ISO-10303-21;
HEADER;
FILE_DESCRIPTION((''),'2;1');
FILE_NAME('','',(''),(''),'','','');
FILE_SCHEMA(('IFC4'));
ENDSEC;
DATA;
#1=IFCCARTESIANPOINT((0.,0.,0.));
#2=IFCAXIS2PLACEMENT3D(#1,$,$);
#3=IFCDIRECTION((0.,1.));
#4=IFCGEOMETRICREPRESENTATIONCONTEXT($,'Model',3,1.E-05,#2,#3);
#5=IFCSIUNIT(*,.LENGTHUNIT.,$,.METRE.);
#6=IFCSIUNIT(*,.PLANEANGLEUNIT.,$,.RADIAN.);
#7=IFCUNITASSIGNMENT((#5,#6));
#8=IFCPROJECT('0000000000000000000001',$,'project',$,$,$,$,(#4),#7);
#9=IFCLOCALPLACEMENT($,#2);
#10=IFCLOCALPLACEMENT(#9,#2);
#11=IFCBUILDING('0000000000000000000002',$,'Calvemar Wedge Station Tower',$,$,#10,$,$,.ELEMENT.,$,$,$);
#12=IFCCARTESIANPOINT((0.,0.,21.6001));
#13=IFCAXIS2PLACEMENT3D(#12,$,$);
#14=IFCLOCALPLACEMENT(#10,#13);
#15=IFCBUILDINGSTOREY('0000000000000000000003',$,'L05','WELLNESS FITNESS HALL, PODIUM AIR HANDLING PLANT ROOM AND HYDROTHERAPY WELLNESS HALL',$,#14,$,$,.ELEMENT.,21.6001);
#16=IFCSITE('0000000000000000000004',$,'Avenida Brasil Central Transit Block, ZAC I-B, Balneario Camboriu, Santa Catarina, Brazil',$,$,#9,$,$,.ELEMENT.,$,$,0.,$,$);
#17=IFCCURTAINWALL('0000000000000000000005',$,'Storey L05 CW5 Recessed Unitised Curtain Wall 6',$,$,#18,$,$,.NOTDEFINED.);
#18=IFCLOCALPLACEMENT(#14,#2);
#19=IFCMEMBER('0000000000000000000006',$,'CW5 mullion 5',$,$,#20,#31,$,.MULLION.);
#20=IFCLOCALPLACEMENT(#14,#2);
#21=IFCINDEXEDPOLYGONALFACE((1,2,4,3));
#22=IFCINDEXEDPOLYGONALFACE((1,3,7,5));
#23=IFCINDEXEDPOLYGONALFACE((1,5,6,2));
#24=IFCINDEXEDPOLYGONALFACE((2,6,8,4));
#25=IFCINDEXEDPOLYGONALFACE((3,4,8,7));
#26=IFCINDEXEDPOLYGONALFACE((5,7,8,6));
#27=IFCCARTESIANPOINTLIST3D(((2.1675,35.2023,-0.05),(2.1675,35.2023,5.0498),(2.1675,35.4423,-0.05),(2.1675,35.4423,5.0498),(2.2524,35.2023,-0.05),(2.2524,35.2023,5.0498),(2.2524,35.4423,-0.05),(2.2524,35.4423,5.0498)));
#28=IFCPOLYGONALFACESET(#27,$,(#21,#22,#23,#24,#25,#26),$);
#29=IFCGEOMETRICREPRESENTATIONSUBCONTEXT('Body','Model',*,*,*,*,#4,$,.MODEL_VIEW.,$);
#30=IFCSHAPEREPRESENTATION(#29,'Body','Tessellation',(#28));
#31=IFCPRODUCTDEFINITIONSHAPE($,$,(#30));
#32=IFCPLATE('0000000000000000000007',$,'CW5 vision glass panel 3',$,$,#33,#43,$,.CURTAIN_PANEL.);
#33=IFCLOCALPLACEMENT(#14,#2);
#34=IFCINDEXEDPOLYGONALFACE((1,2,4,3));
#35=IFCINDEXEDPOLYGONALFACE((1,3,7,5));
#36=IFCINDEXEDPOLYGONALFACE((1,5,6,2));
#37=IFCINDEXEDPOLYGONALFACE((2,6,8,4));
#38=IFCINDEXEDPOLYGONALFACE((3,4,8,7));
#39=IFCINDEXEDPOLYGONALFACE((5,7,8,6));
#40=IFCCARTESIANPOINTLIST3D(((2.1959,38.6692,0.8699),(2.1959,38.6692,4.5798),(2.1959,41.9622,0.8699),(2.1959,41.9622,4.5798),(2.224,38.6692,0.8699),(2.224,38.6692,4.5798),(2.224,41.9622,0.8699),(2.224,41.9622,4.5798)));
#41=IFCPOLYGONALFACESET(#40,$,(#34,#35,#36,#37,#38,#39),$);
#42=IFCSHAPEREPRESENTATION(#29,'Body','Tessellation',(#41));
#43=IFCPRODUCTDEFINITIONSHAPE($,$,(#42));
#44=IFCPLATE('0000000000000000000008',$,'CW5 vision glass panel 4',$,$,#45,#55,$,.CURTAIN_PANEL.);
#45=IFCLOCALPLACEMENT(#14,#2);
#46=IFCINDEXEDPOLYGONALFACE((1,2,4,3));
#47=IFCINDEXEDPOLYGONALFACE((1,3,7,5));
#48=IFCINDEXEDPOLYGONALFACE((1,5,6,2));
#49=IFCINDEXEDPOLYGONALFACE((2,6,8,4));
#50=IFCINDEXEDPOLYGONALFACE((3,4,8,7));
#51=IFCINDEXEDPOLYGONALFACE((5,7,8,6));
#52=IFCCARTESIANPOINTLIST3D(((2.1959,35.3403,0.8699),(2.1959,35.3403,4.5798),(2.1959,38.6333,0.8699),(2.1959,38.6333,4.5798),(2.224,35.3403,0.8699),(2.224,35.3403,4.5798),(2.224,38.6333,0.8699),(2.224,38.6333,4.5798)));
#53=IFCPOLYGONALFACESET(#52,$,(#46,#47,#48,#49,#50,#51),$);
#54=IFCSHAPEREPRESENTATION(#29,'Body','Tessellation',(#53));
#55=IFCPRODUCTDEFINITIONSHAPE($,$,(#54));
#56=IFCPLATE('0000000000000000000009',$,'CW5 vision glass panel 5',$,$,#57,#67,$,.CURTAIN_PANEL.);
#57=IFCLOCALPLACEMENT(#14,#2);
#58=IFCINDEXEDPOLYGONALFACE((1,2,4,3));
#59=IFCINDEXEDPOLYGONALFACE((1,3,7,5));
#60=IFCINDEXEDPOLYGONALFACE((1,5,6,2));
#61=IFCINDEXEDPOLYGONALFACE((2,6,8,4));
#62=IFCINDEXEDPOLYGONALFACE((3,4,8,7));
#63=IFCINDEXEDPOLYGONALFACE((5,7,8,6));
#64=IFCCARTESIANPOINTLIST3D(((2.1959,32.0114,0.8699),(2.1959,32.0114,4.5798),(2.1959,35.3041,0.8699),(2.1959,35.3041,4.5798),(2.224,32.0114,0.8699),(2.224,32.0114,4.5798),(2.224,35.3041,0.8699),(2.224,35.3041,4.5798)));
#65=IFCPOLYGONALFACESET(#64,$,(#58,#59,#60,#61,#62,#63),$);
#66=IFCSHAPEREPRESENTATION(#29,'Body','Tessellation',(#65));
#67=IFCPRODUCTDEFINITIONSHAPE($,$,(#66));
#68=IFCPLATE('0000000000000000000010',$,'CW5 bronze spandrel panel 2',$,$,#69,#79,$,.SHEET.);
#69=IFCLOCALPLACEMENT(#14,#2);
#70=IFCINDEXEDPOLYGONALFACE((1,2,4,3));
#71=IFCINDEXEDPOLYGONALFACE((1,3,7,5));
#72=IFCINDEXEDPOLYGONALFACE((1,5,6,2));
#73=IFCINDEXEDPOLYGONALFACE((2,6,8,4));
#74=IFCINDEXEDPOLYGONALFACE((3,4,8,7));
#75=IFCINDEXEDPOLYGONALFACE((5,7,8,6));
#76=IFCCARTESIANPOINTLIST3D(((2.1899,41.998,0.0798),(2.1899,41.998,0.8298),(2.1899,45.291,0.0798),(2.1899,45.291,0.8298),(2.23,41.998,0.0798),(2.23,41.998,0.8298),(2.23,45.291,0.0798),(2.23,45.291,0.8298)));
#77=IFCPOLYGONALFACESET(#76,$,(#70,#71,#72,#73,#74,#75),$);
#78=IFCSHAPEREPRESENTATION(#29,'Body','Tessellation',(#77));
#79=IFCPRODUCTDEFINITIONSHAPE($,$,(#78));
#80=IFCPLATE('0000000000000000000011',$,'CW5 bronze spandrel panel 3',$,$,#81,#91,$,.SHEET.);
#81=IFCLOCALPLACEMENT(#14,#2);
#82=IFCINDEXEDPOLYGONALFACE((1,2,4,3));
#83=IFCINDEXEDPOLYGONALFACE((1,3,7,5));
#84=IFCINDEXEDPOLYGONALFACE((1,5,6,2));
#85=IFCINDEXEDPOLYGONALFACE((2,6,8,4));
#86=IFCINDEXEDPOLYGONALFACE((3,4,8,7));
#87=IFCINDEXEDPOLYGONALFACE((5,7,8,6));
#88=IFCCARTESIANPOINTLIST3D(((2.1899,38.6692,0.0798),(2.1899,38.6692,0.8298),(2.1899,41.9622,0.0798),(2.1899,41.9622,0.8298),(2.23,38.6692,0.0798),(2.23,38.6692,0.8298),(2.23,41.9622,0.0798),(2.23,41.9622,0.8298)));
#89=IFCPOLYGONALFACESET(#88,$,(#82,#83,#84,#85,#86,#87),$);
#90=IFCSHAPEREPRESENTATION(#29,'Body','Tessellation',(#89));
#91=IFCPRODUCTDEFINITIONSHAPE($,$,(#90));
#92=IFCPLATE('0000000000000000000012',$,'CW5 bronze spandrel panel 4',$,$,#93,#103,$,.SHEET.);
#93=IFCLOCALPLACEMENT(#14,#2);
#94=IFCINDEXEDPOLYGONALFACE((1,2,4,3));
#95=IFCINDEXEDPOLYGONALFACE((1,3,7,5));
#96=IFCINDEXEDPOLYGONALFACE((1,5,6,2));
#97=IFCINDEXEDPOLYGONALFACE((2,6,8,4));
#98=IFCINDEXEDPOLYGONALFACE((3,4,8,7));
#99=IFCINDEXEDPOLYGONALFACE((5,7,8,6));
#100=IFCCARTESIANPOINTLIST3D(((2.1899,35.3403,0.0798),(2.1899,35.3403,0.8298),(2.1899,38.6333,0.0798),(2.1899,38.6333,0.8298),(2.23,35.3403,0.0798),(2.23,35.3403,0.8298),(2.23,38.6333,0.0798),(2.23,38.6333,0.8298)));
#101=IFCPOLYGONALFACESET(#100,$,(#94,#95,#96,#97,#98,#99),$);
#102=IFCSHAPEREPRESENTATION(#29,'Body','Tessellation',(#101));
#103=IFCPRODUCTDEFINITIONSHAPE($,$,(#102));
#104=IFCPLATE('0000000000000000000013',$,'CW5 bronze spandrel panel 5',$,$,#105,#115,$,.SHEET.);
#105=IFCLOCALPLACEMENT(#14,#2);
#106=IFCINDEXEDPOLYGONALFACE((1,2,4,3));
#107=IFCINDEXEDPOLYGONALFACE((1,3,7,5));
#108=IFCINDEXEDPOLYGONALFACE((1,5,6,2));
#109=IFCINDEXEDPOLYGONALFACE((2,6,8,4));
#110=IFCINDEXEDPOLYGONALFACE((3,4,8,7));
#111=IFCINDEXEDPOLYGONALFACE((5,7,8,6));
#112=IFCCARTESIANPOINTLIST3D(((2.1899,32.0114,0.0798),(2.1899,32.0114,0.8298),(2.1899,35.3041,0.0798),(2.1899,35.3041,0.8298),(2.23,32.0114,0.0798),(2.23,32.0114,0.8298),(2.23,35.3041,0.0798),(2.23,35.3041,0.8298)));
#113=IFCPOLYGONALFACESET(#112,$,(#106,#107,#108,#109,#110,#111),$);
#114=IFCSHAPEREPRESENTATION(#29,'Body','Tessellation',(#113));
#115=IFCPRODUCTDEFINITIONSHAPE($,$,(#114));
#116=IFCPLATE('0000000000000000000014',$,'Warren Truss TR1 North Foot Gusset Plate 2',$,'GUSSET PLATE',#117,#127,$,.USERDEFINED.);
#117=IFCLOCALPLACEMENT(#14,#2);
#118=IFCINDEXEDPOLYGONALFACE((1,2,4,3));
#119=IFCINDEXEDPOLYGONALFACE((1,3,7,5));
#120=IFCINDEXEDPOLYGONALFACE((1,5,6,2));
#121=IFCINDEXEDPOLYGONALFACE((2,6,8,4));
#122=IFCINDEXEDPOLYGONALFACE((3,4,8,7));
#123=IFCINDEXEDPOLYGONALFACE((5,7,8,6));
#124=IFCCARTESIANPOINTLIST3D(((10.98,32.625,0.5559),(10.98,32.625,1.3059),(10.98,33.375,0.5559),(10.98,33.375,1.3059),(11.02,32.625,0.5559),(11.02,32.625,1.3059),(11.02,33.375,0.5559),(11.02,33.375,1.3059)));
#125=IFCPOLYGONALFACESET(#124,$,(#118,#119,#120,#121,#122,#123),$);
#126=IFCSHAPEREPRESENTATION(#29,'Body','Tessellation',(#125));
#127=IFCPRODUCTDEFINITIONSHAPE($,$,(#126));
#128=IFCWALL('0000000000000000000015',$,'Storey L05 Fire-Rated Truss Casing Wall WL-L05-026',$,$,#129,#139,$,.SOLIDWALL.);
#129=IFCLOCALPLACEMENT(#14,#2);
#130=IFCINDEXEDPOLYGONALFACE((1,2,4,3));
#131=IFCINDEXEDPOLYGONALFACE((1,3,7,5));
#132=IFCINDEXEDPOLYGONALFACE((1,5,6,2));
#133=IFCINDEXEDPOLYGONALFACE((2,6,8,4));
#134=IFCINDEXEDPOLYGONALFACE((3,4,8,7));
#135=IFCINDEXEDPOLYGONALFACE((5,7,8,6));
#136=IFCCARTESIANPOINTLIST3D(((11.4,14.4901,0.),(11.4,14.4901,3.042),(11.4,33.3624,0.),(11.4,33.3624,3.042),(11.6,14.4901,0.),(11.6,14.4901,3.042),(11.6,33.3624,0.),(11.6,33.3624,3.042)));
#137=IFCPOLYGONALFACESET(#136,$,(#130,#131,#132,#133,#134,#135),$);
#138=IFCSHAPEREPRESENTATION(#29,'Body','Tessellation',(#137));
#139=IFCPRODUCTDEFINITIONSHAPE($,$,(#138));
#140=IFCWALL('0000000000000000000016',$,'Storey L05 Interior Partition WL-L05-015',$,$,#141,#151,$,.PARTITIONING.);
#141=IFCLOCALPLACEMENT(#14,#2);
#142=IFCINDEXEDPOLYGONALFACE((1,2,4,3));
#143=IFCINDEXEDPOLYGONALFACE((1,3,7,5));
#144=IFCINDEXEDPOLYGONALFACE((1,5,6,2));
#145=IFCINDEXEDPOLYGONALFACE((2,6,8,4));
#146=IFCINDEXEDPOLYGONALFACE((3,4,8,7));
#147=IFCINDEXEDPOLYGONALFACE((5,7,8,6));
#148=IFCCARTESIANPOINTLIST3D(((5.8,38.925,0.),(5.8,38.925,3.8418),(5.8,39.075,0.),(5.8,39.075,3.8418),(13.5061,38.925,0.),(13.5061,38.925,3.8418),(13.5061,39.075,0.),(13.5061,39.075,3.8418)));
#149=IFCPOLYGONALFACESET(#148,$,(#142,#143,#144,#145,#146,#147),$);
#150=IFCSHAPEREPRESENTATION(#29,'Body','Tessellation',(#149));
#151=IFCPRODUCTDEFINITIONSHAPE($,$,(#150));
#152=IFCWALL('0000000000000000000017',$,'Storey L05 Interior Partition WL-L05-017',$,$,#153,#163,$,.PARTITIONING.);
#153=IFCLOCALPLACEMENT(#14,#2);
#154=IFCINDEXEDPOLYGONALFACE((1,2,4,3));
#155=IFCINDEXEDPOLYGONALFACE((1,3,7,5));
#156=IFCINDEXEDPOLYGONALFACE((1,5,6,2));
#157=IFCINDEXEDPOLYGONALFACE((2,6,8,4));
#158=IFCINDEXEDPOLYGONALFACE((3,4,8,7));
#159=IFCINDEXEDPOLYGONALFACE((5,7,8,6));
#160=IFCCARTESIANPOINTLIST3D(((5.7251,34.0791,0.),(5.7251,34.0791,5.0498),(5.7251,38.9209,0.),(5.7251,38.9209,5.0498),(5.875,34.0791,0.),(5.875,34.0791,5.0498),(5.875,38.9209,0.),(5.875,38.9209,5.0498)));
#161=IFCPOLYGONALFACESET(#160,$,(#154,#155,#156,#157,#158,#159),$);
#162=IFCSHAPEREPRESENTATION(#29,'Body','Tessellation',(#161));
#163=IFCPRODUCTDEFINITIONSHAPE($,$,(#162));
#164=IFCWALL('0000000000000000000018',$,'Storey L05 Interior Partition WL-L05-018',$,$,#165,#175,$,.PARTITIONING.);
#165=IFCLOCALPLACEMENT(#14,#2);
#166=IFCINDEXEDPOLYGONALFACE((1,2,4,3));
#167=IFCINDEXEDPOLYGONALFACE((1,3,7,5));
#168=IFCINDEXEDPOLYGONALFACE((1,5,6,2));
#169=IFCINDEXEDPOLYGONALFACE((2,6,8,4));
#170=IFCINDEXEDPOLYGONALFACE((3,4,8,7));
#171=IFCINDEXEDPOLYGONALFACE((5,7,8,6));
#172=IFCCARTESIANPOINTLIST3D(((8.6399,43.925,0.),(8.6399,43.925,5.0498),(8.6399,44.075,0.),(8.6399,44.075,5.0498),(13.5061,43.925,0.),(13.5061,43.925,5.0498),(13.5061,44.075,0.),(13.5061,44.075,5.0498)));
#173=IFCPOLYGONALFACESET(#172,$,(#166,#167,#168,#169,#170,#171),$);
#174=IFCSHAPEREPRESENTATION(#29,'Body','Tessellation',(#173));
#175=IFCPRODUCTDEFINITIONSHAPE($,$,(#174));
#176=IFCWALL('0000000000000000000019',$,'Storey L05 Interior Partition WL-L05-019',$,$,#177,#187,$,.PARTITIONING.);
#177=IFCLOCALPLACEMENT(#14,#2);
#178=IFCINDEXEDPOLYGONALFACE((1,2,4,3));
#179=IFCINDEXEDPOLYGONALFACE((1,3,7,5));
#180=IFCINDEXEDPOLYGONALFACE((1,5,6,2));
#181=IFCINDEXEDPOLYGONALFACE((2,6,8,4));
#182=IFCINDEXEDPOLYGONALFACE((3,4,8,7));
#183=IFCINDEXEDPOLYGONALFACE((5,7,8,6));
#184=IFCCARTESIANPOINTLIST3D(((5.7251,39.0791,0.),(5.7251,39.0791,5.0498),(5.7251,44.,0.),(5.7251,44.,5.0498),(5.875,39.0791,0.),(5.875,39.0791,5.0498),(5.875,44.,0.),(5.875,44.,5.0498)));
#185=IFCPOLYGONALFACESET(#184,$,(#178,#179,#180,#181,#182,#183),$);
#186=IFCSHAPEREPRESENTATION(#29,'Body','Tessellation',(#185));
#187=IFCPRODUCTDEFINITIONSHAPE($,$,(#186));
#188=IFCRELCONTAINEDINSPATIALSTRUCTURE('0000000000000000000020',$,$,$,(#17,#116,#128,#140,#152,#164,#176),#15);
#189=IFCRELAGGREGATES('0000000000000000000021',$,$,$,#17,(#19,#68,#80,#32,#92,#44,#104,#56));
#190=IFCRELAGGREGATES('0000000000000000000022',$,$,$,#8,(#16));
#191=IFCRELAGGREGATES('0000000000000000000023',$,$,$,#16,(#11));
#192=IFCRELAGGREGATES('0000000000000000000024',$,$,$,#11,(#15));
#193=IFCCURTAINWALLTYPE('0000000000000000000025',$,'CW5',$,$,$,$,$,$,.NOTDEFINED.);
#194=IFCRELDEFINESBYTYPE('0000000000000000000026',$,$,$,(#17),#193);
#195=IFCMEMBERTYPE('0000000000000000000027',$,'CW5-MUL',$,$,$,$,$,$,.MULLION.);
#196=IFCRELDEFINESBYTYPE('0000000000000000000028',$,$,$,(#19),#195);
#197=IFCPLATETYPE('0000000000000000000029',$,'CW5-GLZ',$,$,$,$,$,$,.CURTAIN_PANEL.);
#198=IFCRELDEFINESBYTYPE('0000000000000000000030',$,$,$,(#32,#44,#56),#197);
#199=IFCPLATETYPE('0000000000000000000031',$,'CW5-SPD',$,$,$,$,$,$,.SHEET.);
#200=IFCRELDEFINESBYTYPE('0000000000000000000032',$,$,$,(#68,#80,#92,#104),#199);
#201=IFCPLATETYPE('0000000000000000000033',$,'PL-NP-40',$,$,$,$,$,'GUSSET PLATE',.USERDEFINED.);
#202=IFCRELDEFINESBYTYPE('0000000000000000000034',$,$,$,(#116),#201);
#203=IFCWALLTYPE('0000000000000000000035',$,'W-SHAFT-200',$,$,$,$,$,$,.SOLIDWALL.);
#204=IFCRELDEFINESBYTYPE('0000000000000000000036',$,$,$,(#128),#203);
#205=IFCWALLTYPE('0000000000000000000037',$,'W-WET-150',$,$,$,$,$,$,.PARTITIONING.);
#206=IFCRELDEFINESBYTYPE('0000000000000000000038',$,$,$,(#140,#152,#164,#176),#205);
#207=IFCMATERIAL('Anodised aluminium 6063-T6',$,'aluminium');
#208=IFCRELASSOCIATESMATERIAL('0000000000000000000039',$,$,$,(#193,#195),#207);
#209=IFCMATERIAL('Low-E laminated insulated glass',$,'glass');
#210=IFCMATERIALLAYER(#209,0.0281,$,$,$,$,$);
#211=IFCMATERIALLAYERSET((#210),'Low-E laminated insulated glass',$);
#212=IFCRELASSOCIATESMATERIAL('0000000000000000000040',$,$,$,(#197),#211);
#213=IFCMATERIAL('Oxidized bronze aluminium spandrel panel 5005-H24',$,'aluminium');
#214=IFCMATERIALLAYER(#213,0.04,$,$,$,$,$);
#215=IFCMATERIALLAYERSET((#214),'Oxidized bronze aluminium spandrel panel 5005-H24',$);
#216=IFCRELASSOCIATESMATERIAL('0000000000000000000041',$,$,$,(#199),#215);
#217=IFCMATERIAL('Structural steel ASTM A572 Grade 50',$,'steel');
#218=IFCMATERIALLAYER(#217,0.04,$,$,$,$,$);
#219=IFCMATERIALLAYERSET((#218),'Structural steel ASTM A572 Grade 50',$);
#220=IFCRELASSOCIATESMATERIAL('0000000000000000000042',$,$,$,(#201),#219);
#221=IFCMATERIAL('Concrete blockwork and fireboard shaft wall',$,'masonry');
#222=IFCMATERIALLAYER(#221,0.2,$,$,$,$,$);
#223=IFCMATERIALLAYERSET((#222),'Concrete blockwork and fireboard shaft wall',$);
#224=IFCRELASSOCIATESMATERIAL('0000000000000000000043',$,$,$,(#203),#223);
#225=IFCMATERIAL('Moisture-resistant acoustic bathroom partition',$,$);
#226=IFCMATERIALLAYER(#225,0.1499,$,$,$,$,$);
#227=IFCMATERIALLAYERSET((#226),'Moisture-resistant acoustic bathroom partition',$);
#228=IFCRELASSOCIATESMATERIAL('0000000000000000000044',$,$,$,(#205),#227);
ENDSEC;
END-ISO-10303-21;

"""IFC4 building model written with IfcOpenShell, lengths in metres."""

from ifc_helpers import new_model, si_unit, direction, frame, frame_2d, origin, origin_2d, place, context, subcontext, project, spatial, rectangle, extrude, source, transform, mapped, material, layer, layer_set, material_profile, profile_set, type_object, element, aggregate, save


model = new_model("IFC4")

# Units and contexts
model_context = context("Model", 3, precision=1e-05, world=origin(), true_north=direction((0.0, 1.0)))
body_context = subcontext(model_context, "Body", "Model", "MODEL_VIEW")
ifc_project = project(units=[si_unit("LENGTHUNIT", "METRE"), si_unit("PLANEANGLEUNIT", "RADIAN")], contexts=[model_context])

# Site, building, storey
site_placement = place(None, origin())
site = spatial("IfcSite", under=ifc_project, at=site_placement, Name="Avenida Brasil Central Transit Block, ZAC I-B, Balneario Camboriu, Santa Catarina, Brazil", CompositionType="ELEMENT", RefElevation=0.0)
building_placement = place(site_placement, origin())
building = spatial("IfcBuilding", under=site, at=building_placement, Name="Calvemar Wedge Station Tower", CompositionType="ELEMENT")
storey_placement = place(building_placement, frame((0.0, 0.0, 21.6001)))
storey = spatial("IfcBuildingStorey", under=building, at=storey_placement, Name="L05", Description="WELLNESS FITNESS HALL, PODIUM AIR HANDLING PLANT ROOM AND HYDROTHERAPY WELLNESS HALL", CompositionType="ELEMENT", Elevation=21.6001)

# Shared definitions
ifc_material_1 = material(Name="Structural steel ASTM A572 Grade 50", Category="steel")

# Curtain wall, member, plates
ifc_material_2 = material(Name="Anodised aluminium 6063-T6", Category="aluminium")
curtain_wall_type = type_object("IfcCurtainWallType", Name="CW5", PredefinedType="NOTDEFINED", material=ifc_material_2)
curtain_wall_placement = place(storey_placement, origin())
curtain_wall = element("IfcCurtainWall", 1, at=curtain_wall_placement, inside=storey, type_object=curtain_wall_type, Name="Storey L05 CW5 Recessed Unitised Curtain Wall 6", PredefinedType="NOTDEFINED")
ifc_material_profile_1 = material_profile(ifc_material_2, rectangle(XDim=0.085, YDim=0.24, at=origin_2d()), Name="AL-MUL-85x240")
ifc_profile_set_1 = profile_set([ifc_material_profile_1], Name="Anodised aluminium 6063-T6")
member_type = type_object("IfcMemberType", Name="CW5-MUL", PredefinedType="MULLION", material=ifc_profile_set_1)
shared_shape_1 = source(origin(), body_context, "Body", "SweptSolid", [
    extrude(rectangle(XDim=0.085, YDim=0.24, at=origin_2d()), origin(), (0.0, 0.0, 1.0), 5.0999),
])
member_1_placement = place(storey_placement, frame((2.21, 35.3223, -0.05), z_axis=(0.0, 0.0, 1.0), x_axis=(1.0, 0.0, 0.0)))
member_1 = element("IfcMember", 2, at=member_1_placement, type_object=member_type, Name="CW5 mullion 5", PredefinedType="MULLION", context=body_context, shape_type="MappedRepresentation", body=[
    mapped(shared_shape_1, transform((0.0, 0.0, 0.0), scale=1.0)),
])
ifc_material_3 = material(Name="Low-E laminated insulated glass", Category="glass")
ifc_layer_1 = layer(ifc_material_3, 0.0281)
ifc_layer_set_1 = layer_set([ifc_layer_1], Name="Low-E laminated insulated glass")
plate_type_1 = type_object("IfcPlateType", Name="CW5-GLZ", PredefinedType="CURTAIN_PANEL", material=ifc_layer_set_1)
plate_1_placement = place(storey_placement, frame((2.21, 41.9622, 0.8699), z_axis=(0.0, 0.0, 1.0), x_axis=(0.0, -1.0, 0.0)))
plate_1 = element("IfcPlate", 3, at=plate_1_placement, type_object=plate_type_1, Name="CW5 vision glass panel 3", PredefinedType="CURTAIN_PANEL", context=body_context, shape_type="SweptSolid", body=[
    extrude(rectangle(XDim=3.293, YDim=0.0281, at=frame_2d((1.6465, 0.0))), origin(), (0.0, 0.0, 1.0), 3.71),
])
plate_2_placement = place(storey_placement, frame((2.21, 38.6333, 0.8699), z_axis=(0.0, 0.0, 1.0), x_axis=(0.0, -1.0, 0.0)))
plate_2 = element("IfcPlate", 4, at=plate_2_placement, type_object=plate_type_1, Name="CW5 vision glass panel 4", PredefinedType="CURTAIN_PANEL", context=body_context, shape_type="SweptSolid", body=[
    extrude(rectangle(XDim=3.293, YDim=0.0281, at=frame_2d((1.6465, 0.0))), origin(), (0.0, 0.0, 1.0), 3.71),
])
plate_3_placement = place(storey_placement, frame((2.21, 35.3042, 0.8699), z_axis=(0.0, 0.0, 1.0), x_axis=(0.0, -1.0, 0.0)))
plate_3 = element("IfcPlate", 5, at=plate_3_placement, type_object=plate_type_1, Name="CW5 vision glass panel 5", PredefinedType="CURTAIN_PANEL", context=body_context, shape_type="SweptSolid", body=[
    extrude(rectangle(XDim=3.2927, YDim=0.0281, at=frame_2d((1.6465, 0.0))), origin(), (0.0, 0.0, 1.0), 3.71),
])
ifc_material_4 = material(Name="Oxidized bronze aluminium spandrel panel 5005-H24", Category="aluminium")
ifc_layer_2 = layer(ifc_material_4, 0.04)
ifc_layer_set_2 = layer_set([ifc_layer_2], Name="Oxidized bronze aluminium spandrel panel 5005-H24")
plate_type_2 = type_object("IfcPlateType", Name="CW5-SPD", PredefinedType="SHEET", material=ifc_layer_set_2)
plate_4_placement = place(storey_placement, frame((2.21, 45.291, 0.0798), z_axis=(0.0, 0.0, 1.0), x_axis=(0.0, -1.0, 0.0)))
plate_4 = element("IfcPlate", 6, at=plate_4_placement, type_object=plate_type_2, Name="CW5 bronze spandrel panel 2", PredefinedType="SHEET", context=body_context, shape_type="SweptSolid", body=[
    extrude(rectangle(XDim=3.293, YDim=0.04, at=frame_2d((1.6465, 0.0))), origin(), (0.0, 0.0, 1.0), 0.75),
])
plate_5_placement = place(storey_placement, frame((2.21, 41.9622, 0.0798), z_axis=(0.0, 0.0, 1.0), x_axis=(0.0, -1.0, 0.0)))
plate_5 = element("IfcPlate", 7, at=plate_5_placement, type_object=plate_type_2, Name="CW5 bronze spandrel panel 3", PredefinedType="SHEET", context=body_context, shape_type="SweptSolid", body=[
    extrude(rectangle(XDim=3.293, YDim=0.04, at=frame_2d((1.6465, 0.0))), origin(), (0.0, 0.0, 1.0), 0.75),
])
plate_6_placement = place(storey_placement, frame((2.21, 38.6333, 0.0798), z_axis=(0.0, 0.0, 1.0), x_axis=(0.0, -1.0, 0.0)))
plate_6 = element("IfcPlate", 8, at=plate_6_placement, type_object=plate_type_2, Name="CW5 bronze spandrel panel 4", PredefinedType="SHEET", context=body_context, shape_type="SweptSolid", body=[
    extrude(rectangle(XDim=3.293, YDim=0.04, at=frame_2d((1.6465, 0.0))), origin(), (0.0, 0.0, 1.0), 0.75),
])
plate_7_placement = place(storey_placement, frame((2.21, 35.3042, 0.0798), z_axis=(0.0, 0.0, 1.0), x_axis=(0.0, -1.0, 0.0)))
plate_7 = element("IfcPlate", 9, at=plate_7_placement, type_object=plate_type_2, Name="CW5 bronze spandrel panel 5", PredefinedType="SHEET", context=body_context, shape_type="SweptSolid", body=[
    extrude(rectangle(XDim=3.2927, YDim=0.04, at=frame_2d((1.6465, 0.0))), origin(), (0.0, 0.0, 1.0), 0.75),
])
aggregate(curtain_wall, [member_1, plate_4, plate_5, plate_1, plate_6, plate_2, plate_7, plate_3])

# Plate
ifc_layer_3 = layer(ifc_material_1, 0.04)
ifc_layer_set_3 = layer_set([ifc_layer_3], Name="Structural steel ASTM A572 Grade 50")
plate_type_3 = type_object("IfcPlateType", Name="PL-NP-40", ElementType="GUSSET PLATE", PredefinedType="USERDEFINED", material=ifc_layer_set_3)
shared_shape_2 = source(origin(), body_context, "Body", "SweptSolid", [
    extrude(rectangle(XDim=0.75, YDim=0.04, at=origin_2d()), origin(), (0.0, 0.0, 1.0), 0.75),
])
plate_8_placement = place(storey_placement, frame((11.0, 33.0, 0.5559), z_axis=(0.0, 0.0, 1.0), x_axis=(0.0, 1.0, 0.0)))
element("IfcPlate", 10, at=plate_8_placement, inside=storey, type_object=plate_type_3, Name="Warren Truss TR1 North Foot Gusset Plate 2", ObjectType="GUSSET PLATE", PredefinedType="USERDEFINED", context=body_context, shape_type="MappedRepresentation", body=[
    mapped(shared_shape_2, transform((0.0, 0.0, 0.0), scale=1.0)),
])

# Walls
ifc_material_5 = material(Name="Concrete blockwork and fireboard shaft wall", Category="masonry")
ifc_layer_4 = layer(ifc_material_5, 0.2)
ifc_layer_set_4 = layer_set([ifc_layer_4], Name="Concrete blockwork and fireboard shaft wall")
wall_type_1 = type_object("IfcWallType", Name="W-SHAFT-200", PredefinedType="SOLIDWALL", material=ifc_layer_set_4)
wall_1_placement = place(storey_placement, frame((11.5, 33.3623, 0.0), z_axis=(0.0, 0.0, 1.0), x_axis=(0.0, -1.0, 0.0)))
element("IfcWall", 11, at=wall_1_placement, inside=storey, type_object=wall_type_1, Name="Storey L05 Fire-Rated Truss Casing Wall WL-L05-026", PredefinedType="SOLIDWALL", context=body_context, shape_type="SweptSolid", body=[
    extrude(rectangle(XDim=18.8723, YDim=0.2, at=frame_2d((9.436, 0.0))), origin(), (0.0, 0.0, 1.0), 3.042),
])
ifc_material_6 = material(Name="Moisture-resistant acoustic bathroom partition")
ifc_layer_5 = layer(ifc_material_6, 0.1499)
ifc_layer_set_5 = layer_set([ifc_layer_5], Name="Moisture-resistant acoustic bathroom partition")
wall_type_2 = type_object("IfcWallType", Name="W-WET-150", PredefinedType="PARTITIONING", material=ifc_layer_set_5)
wall_2_placement = place(storey_placement, frame((5.8, 39.0, 0.0), z_axis=(0.0, 0.0, 1.0), x_axis=(1.0, 0.0, 0.0)))
element("IfcWall", 12, at=wall_2_placement, inside=storey, type_object=wall_type_2, Name="Storey L05 Interior Partition WL-L05-015", PredefinedType="PARTITIONING", context=body_context, shape_type="SweptSolid", body=[
    extrude(rectangle(XDim=7.7061, YDim=0.1499, at=frame_2d((3.853, 0.0))), origin(), (0.0, 0.0, 1.0), 3.8418),
])
wall_3_placement = place(storey_placement, frame((5.8, 34.0791, 0.0), z_axis=(0.0, 0.0, 1.0), x_axis=(0.0, 1.0, 0.0)))
element("IfcWall", 13, at=wall_3_placement, inside=storey, type_object=wall_type_2, Name="Storey L05 Interior Partition WL-L05-017", PredefinedType="PARTITIONING", context=body_context, shape_type="SweptSolid", body=[
    extrude(rectangle(XDim=4.8418, YDim=0.1499, at=frame_2d((2.4209, 0.0))), origin(), (0.0, 0.0, 1.0), 5.0498),
])
wall_4_placement = place(storey_placement, frame((8.6399, 44.0, 0.0), z_axis=(0.0, 0.0, 1.0), x_axis=(1.0, 0.0, 0.0)))
element("IfcWall", 14, at=wall_4_placement, inside=storey, type_object=wall_type_2, Name="Storey L05 Interior Partition WL-L05-018", PredefinedType="PARTITIONING", context=body_context, shape_type="SweptSolid", body=[
    extrude(rectangle(XDim=4.8662, YDim=0.1499, at=frame_2d((2.4331, 0.0))), origin(), (0.0, 0.0, 1.0), 5.0498),
])
wall_5_placement = place(storey_placement, frame((5.8, 39.0791, 0.0), z_axis=(0.0, 0.0, 1.0), x_axis=(0.0, 1.0, 0.0)))
element("IfcWall", 15, at=wall_5_placement, inside=storey, type_object=wall_type_2, Name="Storey L05 Interior Partition WL-L05-019", PredefinedType="PARTITIONING", context=body_context, shape_type="SweptSolid", body=[
    extrude(rectangle(XDim=4.9209, YDim=0.1499, at=frame_2d((2.4604, 0.0))), origin(), (0.0, 0.0, 1.0), 5.0498),
])

save(model, "model.ifc")
